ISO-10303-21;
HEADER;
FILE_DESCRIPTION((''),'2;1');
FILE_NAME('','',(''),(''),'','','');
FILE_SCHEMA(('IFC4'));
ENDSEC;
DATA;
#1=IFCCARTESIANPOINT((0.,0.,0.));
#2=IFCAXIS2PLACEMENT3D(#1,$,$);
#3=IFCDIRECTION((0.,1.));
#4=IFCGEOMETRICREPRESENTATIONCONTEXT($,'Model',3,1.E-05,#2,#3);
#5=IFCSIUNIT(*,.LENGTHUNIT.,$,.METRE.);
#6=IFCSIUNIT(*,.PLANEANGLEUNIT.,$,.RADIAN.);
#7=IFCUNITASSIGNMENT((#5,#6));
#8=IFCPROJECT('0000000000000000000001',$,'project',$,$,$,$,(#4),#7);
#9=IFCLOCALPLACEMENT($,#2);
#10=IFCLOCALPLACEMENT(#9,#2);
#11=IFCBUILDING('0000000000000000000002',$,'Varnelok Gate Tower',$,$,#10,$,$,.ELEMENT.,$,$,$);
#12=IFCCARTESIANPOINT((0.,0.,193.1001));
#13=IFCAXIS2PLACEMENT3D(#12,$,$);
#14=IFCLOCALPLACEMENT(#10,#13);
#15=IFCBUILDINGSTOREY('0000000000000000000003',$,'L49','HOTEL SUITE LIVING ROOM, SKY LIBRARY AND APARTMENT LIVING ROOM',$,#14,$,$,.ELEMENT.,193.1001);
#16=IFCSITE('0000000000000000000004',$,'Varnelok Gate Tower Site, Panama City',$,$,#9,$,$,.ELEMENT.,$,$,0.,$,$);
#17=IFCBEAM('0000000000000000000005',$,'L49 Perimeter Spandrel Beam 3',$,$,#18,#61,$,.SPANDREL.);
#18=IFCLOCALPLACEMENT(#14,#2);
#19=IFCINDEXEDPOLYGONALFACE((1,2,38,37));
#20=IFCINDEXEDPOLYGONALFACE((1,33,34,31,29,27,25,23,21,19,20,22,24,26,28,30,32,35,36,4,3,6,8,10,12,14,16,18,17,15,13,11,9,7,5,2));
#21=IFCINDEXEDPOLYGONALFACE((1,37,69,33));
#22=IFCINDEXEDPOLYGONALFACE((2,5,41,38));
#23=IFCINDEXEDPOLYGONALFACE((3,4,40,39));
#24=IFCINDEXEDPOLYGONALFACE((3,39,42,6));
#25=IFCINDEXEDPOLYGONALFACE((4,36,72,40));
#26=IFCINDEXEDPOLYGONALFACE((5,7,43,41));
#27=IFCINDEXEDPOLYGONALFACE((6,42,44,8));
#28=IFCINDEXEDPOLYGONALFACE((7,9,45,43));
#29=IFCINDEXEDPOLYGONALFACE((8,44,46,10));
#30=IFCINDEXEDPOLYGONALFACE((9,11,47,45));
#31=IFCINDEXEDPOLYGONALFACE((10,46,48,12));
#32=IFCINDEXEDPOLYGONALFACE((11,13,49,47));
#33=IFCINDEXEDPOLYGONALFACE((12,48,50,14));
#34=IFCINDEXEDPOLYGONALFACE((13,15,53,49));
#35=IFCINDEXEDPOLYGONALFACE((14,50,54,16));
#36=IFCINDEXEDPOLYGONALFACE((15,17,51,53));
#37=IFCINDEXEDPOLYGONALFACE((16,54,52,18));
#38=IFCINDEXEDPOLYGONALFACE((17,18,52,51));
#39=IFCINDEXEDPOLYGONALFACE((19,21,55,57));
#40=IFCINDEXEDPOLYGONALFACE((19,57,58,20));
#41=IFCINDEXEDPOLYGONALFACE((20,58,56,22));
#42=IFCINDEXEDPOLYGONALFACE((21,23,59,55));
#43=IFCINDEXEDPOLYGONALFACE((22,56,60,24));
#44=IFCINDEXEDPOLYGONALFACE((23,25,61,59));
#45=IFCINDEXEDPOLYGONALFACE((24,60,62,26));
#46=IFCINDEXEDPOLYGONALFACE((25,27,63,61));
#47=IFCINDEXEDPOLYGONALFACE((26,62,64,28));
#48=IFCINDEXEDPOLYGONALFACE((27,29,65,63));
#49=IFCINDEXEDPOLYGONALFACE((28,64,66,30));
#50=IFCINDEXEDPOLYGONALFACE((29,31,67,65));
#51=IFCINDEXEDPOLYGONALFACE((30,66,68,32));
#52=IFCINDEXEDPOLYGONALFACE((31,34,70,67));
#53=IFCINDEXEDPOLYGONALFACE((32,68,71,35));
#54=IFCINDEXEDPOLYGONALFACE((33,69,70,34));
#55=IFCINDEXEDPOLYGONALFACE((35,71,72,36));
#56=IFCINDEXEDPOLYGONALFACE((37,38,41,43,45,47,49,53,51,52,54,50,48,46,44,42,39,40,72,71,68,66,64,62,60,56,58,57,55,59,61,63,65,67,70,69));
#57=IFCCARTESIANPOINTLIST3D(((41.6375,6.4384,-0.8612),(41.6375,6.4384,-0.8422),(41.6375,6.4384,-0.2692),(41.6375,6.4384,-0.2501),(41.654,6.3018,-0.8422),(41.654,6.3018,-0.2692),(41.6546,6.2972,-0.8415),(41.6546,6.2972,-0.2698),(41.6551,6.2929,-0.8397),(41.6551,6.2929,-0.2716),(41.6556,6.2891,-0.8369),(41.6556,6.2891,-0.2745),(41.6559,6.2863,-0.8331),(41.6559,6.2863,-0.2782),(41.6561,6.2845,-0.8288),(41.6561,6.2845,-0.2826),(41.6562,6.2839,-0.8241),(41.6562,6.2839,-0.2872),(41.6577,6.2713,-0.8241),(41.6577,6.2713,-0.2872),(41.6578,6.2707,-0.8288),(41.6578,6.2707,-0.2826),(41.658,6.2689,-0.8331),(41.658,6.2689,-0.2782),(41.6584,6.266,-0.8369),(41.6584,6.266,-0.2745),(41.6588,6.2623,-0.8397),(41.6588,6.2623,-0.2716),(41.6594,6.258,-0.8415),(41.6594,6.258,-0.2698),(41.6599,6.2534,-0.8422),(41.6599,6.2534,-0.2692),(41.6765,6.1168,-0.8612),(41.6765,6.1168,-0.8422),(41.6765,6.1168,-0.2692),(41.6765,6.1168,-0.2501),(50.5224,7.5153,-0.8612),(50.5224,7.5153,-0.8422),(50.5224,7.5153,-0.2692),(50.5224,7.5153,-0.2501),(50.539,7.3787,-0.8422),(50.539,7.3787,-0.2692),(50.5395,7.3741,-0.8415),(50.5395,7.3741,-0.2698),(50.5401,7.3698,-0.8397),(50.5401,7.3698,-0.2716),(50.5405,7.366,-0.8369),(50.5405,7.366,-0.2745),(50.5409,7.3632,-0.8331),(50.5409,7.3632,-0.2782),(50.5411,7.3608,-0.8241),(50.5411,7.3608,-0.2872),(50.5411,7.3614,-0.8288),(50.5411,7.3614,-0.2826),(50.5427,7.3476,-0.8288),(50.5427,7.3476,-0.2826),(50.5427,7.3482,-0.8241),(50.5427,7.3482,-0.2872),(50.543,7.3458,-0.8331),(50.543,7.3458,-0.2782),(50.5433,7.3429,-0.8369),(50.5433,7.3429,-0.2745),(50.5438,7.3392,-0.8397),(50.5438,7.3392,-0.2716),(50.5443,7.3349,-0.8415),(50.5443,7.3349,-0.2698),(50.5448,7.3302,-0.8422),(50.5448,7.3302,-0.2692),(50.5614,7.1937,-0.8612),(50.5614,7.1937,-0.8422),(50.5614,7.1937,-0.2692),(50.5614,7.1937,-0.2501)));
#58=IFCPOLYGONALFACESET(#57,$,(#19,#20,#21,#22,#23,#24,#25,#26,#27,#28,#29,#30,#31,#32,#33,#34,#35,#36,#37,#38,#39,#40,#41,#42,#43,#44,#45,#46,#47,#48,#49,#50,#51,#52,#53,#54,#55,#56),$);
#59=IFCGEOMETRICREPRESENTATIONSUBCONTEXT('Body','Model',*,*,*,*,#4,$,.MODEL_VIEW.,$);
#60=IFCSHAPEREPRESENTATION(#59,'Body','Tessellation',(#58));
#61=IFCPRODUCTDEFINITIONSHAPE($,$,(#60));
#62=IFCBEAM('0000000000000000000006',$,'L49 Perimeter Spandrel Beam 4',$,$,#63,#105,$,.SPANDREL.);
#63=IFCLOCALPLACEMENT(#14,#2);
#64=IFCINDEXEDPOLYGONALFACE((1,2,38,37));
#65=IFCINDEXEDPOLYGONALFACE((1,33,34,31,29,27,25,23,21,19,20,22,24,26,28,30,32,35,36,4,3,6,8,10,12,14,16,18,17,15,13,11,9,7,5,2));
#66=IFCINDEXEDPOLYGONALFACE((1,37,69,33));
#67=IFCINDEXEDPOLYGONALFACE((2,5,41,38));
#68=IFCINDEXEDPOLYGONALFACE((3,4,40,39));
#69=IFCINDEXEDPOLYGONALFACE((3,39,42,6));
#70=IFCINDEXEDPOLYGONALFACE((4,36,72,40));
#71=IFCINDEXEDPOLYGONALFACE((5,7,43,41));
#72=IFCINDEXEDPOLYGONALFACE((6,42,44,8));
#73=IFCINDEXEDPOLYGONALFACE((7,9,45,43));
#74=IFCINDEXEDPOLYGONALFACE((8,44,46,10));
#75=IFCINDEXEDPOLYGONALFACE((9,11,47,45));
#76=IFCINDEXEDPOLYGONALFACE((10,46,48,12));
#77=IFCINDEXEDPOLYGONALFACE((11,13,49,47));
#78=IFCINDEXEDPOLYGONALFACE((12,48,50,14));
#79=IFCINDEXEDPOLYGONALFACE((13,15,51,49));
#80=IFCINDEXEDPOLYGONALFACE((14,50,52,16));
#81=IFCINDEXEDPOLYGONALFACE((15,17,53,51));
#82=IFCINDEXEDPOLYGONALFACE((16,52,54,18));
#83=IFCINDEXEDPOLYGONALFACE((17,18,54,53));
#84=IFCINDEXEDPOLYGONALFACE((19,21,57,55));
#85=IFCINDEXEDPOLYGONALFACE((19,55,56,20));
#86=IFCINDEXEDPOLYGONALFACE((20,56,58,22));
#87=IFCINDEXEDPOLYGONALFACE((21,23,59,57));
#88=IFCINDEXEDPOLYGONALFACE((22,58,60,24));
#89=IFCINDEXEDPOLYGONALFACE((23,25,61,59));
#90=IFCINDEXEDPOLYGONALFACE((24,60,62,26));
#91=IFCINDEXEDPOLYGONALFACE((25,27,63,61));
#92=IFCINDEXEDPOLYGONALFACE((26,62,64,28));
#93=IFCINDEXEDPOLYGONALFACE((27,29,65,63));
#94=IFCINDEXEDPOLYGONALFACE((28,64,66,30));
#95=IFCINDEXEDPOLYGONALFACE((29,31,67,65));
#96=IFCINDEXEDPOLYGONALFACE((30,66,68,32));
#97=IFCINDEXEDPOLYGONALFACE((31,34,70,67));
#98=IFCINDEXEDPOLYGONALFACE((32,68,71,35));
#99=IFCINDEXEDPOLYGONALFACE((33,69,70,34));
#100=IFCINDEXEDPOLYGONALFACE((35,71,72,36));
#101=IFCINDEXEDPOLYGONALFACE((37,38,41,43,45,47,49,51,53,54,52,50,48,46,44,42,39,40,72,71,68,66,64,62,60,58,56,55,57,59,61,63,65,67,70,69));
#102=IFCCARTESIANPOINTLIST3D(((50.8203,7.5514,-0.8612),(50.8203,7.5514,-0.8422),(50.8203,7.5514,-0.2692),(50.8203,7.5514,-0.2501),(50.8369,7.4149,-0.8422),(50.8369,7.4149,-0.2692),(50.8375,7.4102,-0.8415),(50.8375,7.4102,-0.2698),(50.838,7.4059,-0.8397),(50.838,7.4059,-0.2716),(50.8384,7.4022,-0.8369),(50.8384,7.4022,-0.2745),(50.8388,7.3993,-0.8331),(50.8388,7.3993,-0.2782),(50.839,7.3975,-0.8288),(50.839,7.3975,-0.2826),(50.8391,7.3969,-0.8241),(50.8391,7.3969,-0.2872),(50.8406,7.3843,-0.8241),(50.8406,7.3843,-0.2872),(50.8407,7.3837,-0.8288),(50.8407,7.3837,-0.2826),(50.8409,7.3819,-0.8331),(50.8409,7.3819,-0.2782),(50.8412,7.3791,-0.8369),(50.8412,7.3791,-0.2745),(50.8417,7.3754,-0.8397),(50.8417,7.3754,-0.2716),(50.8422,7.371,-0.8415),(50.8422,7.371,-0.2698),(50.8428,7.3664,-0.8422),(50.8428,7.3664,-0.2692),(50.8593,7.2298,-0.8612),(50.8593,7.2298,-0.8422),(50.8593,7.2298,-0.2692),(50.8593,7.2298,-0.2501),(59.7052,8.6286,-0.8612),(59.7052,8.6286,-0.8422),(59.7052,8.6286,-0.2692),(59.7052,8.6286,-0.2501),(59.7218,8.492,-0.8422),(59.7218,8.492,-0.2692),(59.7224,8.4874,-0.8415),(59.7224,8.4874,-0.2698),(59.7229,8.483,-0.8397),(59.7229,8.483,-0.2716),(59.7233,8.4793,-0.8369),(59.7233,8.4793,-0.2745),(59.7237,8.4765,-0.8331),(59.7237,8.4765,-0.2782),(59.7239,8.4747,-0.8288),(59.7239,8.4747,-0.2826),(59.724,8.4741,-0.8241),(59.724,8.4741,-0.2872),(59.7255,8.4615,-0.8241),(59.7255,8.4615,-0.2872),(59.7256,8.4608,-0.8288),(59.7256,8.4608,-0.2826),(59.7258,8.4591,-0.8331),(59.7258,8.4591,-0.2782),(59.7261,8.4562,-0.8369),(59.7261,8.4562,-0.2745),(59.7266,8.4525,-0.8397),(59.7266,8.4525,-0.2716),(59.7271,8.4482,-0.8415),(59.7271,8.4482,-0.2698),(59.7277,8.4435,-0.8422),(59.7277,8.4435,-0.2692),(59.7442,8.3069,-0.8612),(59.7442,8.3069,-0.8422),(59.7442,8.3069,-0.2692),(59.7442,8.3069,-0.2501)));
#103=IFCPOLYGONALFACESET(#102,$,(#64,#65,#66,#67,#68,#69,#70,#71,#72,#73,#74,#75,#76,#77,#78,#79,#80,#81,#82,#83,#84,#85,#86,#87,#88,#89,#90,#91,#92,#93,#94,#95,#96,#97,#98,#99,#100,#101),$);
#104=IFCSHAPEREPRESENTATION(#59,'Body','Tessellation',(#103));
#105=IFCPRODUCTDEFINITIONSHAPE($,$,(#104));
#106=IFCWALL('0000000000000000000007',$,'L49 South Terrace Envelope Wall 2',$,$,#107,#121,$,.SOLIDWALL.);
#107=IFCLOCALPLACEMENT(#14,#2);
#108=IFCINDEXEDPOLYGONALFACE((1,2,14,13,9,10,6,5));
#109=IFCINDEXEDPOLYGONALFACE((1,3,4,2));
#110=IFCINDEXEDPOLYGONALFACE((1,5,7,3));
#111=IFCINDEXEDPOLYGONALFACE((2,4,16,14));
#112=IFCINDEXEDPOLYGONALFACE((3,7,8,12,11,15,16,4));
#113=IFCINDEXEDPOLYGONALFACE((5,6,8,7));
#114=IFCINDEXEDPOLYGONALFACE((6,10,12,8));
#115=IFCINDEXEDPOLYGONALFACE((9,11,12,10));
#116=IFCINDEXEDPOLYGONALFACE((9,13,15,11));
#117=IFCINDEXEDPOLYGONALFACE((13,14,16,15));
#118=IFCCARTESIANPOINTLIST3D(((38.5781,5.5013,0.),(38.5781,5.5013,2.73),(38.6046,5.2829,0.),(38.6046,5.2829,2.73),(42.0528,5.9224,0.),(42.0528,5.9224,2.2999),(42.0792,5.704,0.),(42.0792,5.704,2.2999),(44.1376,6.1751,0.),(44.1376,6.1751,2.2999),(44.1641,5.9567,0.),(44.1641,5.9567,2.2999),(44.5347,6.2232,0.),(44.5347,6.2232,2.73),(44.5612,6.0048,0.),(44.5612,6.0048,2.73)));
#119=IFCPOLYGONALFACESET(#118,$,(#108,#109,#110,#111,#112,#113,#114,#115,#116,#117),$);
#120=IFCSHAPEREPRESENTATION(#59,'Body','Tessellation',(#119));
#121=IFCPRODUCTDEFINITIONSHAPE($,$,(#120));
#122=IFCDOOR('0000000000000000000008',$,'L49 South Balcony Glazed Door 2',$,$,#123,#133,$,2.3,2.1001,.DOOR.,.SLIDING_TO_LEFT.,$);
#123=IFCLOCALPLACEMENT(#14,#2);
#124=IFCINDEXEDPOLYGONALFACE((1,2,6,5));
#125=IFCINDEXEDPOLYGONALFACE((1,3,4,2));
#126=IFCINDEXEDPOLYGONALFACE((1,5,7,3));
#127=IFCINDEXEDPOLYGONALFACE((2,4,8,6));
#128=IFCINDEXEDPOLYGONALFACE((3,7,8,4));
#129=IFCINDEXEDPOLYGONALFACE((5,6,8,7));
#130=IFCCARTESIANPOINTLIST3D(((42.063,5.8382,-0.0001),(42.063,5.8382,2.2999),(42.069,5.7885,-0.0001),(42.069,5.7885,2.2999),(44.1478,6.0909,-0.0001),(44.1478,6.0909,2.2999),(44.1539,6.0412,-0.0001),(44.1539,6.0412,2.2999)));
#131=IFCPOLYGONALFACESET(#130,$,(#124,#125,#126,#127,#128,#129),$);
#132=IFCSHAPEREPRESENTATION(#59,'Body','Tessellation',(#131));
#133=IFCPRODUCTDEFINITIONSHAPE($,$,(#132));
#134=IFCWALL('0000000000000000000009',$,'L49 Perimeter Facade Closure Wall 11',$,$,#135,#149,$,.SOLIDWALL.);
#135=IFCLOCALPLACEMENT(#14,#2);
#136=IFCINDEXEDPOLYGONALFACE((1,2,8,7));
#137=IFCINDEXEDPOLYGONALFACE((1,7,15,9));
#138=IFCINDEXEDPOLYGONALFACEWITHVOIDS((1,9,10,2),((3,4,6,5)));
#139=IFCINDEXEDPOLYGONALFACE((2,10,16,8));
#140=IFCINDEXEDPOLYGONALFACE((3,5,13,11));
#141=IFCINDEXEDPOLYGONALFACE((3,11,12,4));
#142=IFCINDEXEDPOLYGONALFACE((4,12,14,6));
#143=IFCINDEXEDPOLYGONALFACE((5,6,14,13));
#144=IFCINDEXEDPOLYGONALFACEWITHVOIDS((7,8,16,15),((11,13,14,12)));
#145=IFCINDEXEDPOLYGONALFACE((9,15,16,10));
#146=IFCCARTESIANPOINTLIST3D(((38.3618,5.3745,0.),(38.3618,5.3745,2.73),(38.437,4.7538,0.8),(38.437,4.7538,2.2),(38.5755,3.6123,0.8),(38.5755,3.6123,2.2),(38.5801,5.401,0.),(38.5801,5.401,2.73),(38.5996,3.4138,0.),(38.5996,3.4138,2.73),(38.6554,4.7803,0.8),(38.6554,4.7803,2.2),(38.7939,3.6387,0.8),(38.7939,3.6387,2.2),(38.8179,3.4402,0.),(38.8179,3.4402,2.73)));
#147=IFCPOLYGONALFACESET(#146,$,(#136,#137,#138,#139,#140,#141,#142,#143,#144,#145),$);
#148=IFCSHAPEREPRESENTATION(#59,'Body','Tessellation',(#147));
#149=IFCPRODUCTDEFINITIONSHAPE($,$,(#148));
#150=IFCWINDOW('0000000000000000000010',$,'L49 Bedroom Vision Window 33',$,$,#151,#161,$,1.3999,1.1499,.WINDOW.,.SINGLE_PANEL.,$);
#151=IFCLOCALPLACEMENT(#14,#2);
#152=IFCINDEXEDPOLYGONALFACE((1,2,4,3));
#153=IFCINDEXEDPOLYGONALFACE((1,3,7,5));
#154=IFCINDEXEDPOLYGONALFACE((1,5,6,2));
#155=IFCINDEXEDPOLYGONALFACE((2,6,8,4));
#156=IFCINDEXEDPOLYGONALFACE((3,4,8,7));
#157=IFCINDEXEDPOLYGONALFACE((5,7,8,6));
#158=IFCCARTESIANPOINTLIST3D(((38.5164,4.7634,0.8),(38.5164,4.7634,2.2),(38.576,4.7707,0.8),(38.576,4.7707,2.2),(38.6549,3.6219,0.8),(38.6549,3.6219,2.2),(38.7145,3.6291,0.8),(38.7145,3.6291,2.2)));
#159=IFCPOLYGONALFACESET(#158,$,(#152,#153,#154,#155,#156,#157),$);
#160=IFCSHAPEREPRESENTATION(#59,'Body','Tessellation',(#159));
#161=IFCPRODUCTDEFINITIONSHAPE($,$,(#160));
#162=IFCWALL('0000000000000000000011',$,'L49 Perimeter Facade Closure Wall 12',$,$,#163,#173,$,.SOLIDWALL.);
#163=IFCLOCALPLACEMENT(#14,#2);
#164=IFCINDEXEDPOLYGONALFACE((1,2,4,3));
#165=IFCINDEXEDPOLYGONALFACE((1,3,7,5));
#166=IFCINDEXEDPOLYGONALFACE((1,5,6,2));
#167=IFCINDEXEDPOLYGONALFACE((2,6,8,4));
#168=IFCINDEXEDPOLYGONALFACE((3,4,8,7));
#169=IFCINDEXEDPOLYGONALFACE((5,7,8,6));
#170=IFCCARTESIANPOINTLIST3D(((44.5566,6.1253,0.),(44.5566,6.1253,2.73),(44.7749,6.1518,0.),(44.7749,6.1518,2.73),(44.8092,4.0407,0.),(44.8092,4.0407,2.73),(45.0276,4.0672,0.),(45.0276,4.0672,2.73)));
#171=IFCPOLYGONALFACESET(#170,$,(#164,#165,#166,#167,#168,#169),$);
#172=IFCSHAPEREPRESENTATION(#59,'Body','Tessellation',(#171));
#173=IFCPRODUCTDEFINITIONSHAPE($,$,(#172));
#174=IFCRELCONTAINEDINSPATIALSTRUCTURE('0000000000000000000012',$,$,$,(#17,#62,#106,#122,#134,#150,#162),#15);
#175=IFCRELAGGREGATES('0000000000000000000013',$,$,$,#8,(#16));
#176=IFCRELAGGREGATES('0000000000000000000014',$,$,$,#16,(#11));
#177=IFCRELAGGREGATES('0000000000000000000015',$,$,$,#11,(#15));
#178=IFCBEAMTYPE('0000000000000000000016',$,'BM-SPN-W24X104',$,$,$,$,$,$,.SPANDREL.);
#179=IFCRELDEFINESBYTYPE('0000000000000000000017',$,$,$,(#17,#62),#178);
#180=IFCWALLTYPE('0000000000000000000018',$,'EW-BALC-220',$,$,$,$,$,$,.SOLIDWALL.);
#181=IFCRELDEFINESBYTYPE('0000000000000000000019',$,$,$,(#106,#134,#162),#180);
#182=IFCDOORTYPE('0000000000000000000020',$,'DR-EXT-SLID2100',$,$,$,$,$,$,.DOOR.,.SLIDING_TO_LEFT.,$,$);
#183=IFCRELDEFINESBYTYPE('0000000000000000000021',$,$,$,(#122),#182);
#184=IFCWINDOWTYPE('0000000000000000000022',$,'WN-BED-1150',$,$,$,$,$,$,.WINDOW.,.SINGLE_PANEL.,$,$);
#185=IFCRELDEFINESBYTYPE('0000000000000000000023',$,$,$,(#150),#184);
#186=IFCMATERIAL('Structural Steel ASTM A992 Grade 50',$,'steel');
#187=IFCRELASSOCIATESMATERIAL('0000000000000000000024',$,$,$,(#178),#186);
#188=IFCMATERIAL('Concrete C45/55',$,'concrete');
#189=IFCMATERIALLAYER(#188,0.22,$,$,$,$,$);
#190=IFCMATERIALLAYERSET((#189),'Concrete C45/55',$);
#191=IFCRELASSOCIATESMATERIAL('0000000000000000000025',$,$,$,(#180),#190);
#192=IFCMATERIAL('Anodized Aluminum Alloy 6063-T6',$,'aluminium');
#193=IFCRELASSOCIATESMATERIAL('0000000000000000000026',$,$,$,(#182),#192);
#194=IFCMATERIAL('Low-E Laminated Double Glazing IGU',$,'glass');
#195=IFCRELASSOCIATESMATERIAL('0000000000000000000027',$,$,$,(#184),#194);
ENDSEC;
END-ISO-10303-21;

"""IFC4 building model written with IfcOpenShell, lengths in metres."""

from ifc_helpers import new_model, si_unit, direction, frame, frame_2d, origin, origin_2d, place, context, subcontext, project, spatial, rectangle, i_section, extrude, material, layer, layer_set, material_profile, profile_set, type_object, element, fill, save


model = new_model("IFC4")

# Units and contexts
model_context = context("Model", 3, precision=1e-05, world=origin(), true_north=direction((0.0, 1.0)))
body_context = subcontext(model_context, "Body", "Model", "MODEL_VIEW")
ifc_project = project(units=[si_unit("LENGTHUNIT", "METRE"), si_unit("PLANEANGLEUNIT", "RADIAN")], contexts=[model_context])

# Site, building, storey
site_placement = place(None, origin())
site = spatial("IfcSite", under=ifc_project, at=site_placement, Name="Varnelok Gate Tower Site, Panama City", CompositionType="ELEMENT", RefElevation=0.0)
building_placement = place(site_placement, origin())
building = spatial("IfcBuilding", under=site, at=building_placement, Name="Varnelok Gate Tower", CompositionType="ELEMENT")
storey_placement = place(building_placement, frame((0.0, 0.0, 193.1001)))
storey = spatial("IfcBuildingStorey", under=building, at=storey_placement, Name="L49", Description="HOTEL SUITE LIVING ROOM, SKY LIBRARY AND APARTMENT LIVING ROOM", CompositionType="ELEMENT", Elevation=193.1001)

# Shared definitions
ifc_material_1 = material(Name="Structural Steel ASTM A992 Grade 50", Category="steel")

# Beams
ifc_material_profile_1 = material_profile(ifc_material_1, i_section(OverallWidth=0.324, OverallDepth=0.6111, WebThickness=0.0127, FlangeThickness=0.019, FilletRadius=0.0181, at=origin_2d()), Name="W24X104")
ifc_profile_set_1 = profile_set([ifc_material_profile_1], Name="Structural Steel ASTM A992 Grade 50")
beam_type_1 = type_object("IfcBeamType", Name="BM-SPN-W24X104", PredefinedType="SPANDREL", material=ifc_profile_set_1)
for number, where, z_axis, x_axis, name in (
    (1, (41.657, 6.2776, -0.5557), (0.992735, 0.120324, 0.0), (-0.120324, 0.992735, 0.0), "L49 Perimeter Spandrel Beam 3"),
    (2, (50.8398, 7.3906, -0.5557), (0.992731, 0.120351, 0.0), (-0.120351, 0.992731, 0.0), "L49 Perimeter Spandrel Beam 4"),
):
    element("IfcBeam", number, at=place(storey_placement, frame(where, z_axis=z_axis, x_axis=x_axis)), inside=storey, type_object=beam_type_1, Name=name, PredefinedType="SPANDREL", context=body_context, shape_type="SweptSolid", body=[
        extrude(i_section(OverallWidth=0.324, OverallDepth=0.6111, WebThickness=0.0127, FlangeThickness=0.019, FilletRadius=0.0181, at=origin_2d()), origin(), (0.0, 0.0, 1.0), 8.95),
    ])

# Wall, opening, door
ifc_material_2 = material(Name="Concrete C45/55", Category="concrete")
ifc_layer_1 = layer(ifc_material_2, 0.22)
ifc_layer_set_1 = layer_set([ifc_layer_1], Name="Concrete C45/55")
wall_type_1 = type_object("IfcWallType", Name="EW-BALC-220", PredefinedType="SOLIDWALL", material=ifc_layer_set_1)
wall_1_placement = place(storey_placement, frame((44.5479, 6.114, 0.0), z_axis=(0.0, 0.0, 1.0), x_axis=(-0.992735, -0.120318, 0.0)))
wall_1 = element("IfcWall", 3, at=wall_1_placement, inside=storey, type_object=wall_type_1, Name="L49 South Terrace Envelope Wall 2", PredefinedType="SOLIDWALL", context=body_context, shape_type="SweptSolid", body=[
    extrude(rectangle(XDim=6.0002, YDim=0.22, at=frame_2d((3.0, 0.0))), origin(), (0.0, 0.0, 1.0), 2.73),
])
opening_1_placement = place(wall_1_placement, frame((0.3999, 0.0, 0.0)))
opening_1 = element("IfcOpeningElement", 4, at=opening_1_placement, cuts=wall_1, PredefinedType="OPENING", context=body_context, shape_type="SweptSolid", body=[
    extrude(rectangle(XDim=2.1001, YDim=2.3, at=frame_2d((1.05, 1.1499))), frame((0.0, 0.1199, 0.0), z_axis=(0.0, -1.0, 0.0), x_axis=(1.0, 0.0, 0.0)), (0.0, 0.0, 1.0), 0.24),
])
ifc_material_3 = material(Name="Anodized Aluminum Alloy 6063-T6", Category="aluminium")
door_type_1 = type_object("IfcDoorType", Name="DR-EXT-SLID2100", OperationType="SLIDING_TO_LEFT", PredefinedType="DOOR", material=ifc_material_3)
door_1_placement = place(opening_1_placement, origin())
door_1 = element("IfcDoor", 5, at=door_1_placement, inside=storey, type_object=door_type_1, Name="L49 South Balcony Glazed Door 2", OperationType="SLIDING_TO_LEFT", OverallHeight=2.3, OverallWidth=2.1001, PredefinedType="DOOR", context=body_context, shape_type="SweptSolid", body=[
    extrude(rectangle(XDim=2.1001, YDim=2.3, at=frame_2d((1.05, 1.1499))), frame((0.0, 0.0249, 0.0), z_axis=(0.0, -1.0, 0.0), x_axis=(1.0, 0.0, 0.0)), (0.0, 0.0, 1.0), 0.05),
])
fill(opening_1, door_1)

# Wall, opening, window
wall_2_placement = place(storey_placement, frame((38.7087, 3.427, 0.0), z_axis=(0.0, 0.0, 1.0), x_axis=(-0.120398, 0.992726, 0.0)))
wall_2 = element("IfcWall", 6, at=wall_2_placement, inside=storey, type_object=wall_type_1, Name="L49 Perimeter Facade Closure Wall 11", PredefinedType="SOLIDWALL", context=body_context, shape_type="SweptSolid", body=[
    extrude(rectangle(XDim=1.9751, YDim=0.22, at=frame_2d((0.9875, 0.0))), origin(), (0.0, 0.0, 1.0), 2.73),
])
opening_2_placement = place(wall_2_placement, frame((0.2, 0.0, 0.8)))
opening_2 = element("IfcOpeningElement", 7, at=opening_2_placement, cuts=wall_2, PredefinedType="OPENING", context=body_context, shape_type="SweptSolid", body=[
    extrude(rectangle(XDim=1.1499, YDim=1.3999, at=frame_2d((0.575, 0.7))), frame((0.0, 0.1199, 0.0), z_axis=(0.0, -1.0, 0.0), x_axis=(1.0, 0.0, 0.0)), (0.0, 0.0, 1.0), 0.24),
])
ifc_material_4 = material(Name="Low-E Laminated Double Glazing IGU", Category="glass")
window_type_1 = type_object("IfcWindowType", Name="WN-BED-1150", PartitioningType="SINGLE_PANEL", PredefinedType="WINDOW", material=ifc_material_4)
window_1_placement = place(opening_2_placement, origin())
window_1 = element("IfcWindow", 8, at=window_1_placement, inside=storey, type_object=window_type_1, Name="L49 Bedroom Vision Window 33", OverallHeight=1.3999, OverallWidth=1.1499, PartitioningType="SINGLE_PANEL", PredefinedType="WINDOW", context=body_context, shape_type="SweptSolid", body=[
    extrude(rectangle(XDim=1.1499, YDim=1.3999, at=frame_2d((0.575, 0.7))), frame((0.0, 0.03, 0.0), z_axis=(0.0, -1.0, 0.0), x_axis=(1.0, 0.0, 0.0)), (0.0, 0.0, 1.0), 0.0601),
])
fill(opening_2, window_1)

# Wall
wall_3_placement = place(storey_placement, frame((44.6658, 6.1384, 0.0), z_axis=(0.0, 0.0, 1.0), x_axis=(0.120328, -0.992734, 0.0)))
element("IfcWall", 9, at=wall_3_placement, inside=storey, type_object=wall_type_1, Name="L49 Perimeter Facade Closure Wall 12", PredefinedType="SOLIDWALL", context=body_context, shape_type="SweptSolid", body=[
    extrude(rectangle(XDim=2.0999, YDim=0.22, at=frame_2d((1.0498, 0.0))), origin(), (0.0, 0.0, 1.0), 2.73),
])

save(model, "model.ifc")
